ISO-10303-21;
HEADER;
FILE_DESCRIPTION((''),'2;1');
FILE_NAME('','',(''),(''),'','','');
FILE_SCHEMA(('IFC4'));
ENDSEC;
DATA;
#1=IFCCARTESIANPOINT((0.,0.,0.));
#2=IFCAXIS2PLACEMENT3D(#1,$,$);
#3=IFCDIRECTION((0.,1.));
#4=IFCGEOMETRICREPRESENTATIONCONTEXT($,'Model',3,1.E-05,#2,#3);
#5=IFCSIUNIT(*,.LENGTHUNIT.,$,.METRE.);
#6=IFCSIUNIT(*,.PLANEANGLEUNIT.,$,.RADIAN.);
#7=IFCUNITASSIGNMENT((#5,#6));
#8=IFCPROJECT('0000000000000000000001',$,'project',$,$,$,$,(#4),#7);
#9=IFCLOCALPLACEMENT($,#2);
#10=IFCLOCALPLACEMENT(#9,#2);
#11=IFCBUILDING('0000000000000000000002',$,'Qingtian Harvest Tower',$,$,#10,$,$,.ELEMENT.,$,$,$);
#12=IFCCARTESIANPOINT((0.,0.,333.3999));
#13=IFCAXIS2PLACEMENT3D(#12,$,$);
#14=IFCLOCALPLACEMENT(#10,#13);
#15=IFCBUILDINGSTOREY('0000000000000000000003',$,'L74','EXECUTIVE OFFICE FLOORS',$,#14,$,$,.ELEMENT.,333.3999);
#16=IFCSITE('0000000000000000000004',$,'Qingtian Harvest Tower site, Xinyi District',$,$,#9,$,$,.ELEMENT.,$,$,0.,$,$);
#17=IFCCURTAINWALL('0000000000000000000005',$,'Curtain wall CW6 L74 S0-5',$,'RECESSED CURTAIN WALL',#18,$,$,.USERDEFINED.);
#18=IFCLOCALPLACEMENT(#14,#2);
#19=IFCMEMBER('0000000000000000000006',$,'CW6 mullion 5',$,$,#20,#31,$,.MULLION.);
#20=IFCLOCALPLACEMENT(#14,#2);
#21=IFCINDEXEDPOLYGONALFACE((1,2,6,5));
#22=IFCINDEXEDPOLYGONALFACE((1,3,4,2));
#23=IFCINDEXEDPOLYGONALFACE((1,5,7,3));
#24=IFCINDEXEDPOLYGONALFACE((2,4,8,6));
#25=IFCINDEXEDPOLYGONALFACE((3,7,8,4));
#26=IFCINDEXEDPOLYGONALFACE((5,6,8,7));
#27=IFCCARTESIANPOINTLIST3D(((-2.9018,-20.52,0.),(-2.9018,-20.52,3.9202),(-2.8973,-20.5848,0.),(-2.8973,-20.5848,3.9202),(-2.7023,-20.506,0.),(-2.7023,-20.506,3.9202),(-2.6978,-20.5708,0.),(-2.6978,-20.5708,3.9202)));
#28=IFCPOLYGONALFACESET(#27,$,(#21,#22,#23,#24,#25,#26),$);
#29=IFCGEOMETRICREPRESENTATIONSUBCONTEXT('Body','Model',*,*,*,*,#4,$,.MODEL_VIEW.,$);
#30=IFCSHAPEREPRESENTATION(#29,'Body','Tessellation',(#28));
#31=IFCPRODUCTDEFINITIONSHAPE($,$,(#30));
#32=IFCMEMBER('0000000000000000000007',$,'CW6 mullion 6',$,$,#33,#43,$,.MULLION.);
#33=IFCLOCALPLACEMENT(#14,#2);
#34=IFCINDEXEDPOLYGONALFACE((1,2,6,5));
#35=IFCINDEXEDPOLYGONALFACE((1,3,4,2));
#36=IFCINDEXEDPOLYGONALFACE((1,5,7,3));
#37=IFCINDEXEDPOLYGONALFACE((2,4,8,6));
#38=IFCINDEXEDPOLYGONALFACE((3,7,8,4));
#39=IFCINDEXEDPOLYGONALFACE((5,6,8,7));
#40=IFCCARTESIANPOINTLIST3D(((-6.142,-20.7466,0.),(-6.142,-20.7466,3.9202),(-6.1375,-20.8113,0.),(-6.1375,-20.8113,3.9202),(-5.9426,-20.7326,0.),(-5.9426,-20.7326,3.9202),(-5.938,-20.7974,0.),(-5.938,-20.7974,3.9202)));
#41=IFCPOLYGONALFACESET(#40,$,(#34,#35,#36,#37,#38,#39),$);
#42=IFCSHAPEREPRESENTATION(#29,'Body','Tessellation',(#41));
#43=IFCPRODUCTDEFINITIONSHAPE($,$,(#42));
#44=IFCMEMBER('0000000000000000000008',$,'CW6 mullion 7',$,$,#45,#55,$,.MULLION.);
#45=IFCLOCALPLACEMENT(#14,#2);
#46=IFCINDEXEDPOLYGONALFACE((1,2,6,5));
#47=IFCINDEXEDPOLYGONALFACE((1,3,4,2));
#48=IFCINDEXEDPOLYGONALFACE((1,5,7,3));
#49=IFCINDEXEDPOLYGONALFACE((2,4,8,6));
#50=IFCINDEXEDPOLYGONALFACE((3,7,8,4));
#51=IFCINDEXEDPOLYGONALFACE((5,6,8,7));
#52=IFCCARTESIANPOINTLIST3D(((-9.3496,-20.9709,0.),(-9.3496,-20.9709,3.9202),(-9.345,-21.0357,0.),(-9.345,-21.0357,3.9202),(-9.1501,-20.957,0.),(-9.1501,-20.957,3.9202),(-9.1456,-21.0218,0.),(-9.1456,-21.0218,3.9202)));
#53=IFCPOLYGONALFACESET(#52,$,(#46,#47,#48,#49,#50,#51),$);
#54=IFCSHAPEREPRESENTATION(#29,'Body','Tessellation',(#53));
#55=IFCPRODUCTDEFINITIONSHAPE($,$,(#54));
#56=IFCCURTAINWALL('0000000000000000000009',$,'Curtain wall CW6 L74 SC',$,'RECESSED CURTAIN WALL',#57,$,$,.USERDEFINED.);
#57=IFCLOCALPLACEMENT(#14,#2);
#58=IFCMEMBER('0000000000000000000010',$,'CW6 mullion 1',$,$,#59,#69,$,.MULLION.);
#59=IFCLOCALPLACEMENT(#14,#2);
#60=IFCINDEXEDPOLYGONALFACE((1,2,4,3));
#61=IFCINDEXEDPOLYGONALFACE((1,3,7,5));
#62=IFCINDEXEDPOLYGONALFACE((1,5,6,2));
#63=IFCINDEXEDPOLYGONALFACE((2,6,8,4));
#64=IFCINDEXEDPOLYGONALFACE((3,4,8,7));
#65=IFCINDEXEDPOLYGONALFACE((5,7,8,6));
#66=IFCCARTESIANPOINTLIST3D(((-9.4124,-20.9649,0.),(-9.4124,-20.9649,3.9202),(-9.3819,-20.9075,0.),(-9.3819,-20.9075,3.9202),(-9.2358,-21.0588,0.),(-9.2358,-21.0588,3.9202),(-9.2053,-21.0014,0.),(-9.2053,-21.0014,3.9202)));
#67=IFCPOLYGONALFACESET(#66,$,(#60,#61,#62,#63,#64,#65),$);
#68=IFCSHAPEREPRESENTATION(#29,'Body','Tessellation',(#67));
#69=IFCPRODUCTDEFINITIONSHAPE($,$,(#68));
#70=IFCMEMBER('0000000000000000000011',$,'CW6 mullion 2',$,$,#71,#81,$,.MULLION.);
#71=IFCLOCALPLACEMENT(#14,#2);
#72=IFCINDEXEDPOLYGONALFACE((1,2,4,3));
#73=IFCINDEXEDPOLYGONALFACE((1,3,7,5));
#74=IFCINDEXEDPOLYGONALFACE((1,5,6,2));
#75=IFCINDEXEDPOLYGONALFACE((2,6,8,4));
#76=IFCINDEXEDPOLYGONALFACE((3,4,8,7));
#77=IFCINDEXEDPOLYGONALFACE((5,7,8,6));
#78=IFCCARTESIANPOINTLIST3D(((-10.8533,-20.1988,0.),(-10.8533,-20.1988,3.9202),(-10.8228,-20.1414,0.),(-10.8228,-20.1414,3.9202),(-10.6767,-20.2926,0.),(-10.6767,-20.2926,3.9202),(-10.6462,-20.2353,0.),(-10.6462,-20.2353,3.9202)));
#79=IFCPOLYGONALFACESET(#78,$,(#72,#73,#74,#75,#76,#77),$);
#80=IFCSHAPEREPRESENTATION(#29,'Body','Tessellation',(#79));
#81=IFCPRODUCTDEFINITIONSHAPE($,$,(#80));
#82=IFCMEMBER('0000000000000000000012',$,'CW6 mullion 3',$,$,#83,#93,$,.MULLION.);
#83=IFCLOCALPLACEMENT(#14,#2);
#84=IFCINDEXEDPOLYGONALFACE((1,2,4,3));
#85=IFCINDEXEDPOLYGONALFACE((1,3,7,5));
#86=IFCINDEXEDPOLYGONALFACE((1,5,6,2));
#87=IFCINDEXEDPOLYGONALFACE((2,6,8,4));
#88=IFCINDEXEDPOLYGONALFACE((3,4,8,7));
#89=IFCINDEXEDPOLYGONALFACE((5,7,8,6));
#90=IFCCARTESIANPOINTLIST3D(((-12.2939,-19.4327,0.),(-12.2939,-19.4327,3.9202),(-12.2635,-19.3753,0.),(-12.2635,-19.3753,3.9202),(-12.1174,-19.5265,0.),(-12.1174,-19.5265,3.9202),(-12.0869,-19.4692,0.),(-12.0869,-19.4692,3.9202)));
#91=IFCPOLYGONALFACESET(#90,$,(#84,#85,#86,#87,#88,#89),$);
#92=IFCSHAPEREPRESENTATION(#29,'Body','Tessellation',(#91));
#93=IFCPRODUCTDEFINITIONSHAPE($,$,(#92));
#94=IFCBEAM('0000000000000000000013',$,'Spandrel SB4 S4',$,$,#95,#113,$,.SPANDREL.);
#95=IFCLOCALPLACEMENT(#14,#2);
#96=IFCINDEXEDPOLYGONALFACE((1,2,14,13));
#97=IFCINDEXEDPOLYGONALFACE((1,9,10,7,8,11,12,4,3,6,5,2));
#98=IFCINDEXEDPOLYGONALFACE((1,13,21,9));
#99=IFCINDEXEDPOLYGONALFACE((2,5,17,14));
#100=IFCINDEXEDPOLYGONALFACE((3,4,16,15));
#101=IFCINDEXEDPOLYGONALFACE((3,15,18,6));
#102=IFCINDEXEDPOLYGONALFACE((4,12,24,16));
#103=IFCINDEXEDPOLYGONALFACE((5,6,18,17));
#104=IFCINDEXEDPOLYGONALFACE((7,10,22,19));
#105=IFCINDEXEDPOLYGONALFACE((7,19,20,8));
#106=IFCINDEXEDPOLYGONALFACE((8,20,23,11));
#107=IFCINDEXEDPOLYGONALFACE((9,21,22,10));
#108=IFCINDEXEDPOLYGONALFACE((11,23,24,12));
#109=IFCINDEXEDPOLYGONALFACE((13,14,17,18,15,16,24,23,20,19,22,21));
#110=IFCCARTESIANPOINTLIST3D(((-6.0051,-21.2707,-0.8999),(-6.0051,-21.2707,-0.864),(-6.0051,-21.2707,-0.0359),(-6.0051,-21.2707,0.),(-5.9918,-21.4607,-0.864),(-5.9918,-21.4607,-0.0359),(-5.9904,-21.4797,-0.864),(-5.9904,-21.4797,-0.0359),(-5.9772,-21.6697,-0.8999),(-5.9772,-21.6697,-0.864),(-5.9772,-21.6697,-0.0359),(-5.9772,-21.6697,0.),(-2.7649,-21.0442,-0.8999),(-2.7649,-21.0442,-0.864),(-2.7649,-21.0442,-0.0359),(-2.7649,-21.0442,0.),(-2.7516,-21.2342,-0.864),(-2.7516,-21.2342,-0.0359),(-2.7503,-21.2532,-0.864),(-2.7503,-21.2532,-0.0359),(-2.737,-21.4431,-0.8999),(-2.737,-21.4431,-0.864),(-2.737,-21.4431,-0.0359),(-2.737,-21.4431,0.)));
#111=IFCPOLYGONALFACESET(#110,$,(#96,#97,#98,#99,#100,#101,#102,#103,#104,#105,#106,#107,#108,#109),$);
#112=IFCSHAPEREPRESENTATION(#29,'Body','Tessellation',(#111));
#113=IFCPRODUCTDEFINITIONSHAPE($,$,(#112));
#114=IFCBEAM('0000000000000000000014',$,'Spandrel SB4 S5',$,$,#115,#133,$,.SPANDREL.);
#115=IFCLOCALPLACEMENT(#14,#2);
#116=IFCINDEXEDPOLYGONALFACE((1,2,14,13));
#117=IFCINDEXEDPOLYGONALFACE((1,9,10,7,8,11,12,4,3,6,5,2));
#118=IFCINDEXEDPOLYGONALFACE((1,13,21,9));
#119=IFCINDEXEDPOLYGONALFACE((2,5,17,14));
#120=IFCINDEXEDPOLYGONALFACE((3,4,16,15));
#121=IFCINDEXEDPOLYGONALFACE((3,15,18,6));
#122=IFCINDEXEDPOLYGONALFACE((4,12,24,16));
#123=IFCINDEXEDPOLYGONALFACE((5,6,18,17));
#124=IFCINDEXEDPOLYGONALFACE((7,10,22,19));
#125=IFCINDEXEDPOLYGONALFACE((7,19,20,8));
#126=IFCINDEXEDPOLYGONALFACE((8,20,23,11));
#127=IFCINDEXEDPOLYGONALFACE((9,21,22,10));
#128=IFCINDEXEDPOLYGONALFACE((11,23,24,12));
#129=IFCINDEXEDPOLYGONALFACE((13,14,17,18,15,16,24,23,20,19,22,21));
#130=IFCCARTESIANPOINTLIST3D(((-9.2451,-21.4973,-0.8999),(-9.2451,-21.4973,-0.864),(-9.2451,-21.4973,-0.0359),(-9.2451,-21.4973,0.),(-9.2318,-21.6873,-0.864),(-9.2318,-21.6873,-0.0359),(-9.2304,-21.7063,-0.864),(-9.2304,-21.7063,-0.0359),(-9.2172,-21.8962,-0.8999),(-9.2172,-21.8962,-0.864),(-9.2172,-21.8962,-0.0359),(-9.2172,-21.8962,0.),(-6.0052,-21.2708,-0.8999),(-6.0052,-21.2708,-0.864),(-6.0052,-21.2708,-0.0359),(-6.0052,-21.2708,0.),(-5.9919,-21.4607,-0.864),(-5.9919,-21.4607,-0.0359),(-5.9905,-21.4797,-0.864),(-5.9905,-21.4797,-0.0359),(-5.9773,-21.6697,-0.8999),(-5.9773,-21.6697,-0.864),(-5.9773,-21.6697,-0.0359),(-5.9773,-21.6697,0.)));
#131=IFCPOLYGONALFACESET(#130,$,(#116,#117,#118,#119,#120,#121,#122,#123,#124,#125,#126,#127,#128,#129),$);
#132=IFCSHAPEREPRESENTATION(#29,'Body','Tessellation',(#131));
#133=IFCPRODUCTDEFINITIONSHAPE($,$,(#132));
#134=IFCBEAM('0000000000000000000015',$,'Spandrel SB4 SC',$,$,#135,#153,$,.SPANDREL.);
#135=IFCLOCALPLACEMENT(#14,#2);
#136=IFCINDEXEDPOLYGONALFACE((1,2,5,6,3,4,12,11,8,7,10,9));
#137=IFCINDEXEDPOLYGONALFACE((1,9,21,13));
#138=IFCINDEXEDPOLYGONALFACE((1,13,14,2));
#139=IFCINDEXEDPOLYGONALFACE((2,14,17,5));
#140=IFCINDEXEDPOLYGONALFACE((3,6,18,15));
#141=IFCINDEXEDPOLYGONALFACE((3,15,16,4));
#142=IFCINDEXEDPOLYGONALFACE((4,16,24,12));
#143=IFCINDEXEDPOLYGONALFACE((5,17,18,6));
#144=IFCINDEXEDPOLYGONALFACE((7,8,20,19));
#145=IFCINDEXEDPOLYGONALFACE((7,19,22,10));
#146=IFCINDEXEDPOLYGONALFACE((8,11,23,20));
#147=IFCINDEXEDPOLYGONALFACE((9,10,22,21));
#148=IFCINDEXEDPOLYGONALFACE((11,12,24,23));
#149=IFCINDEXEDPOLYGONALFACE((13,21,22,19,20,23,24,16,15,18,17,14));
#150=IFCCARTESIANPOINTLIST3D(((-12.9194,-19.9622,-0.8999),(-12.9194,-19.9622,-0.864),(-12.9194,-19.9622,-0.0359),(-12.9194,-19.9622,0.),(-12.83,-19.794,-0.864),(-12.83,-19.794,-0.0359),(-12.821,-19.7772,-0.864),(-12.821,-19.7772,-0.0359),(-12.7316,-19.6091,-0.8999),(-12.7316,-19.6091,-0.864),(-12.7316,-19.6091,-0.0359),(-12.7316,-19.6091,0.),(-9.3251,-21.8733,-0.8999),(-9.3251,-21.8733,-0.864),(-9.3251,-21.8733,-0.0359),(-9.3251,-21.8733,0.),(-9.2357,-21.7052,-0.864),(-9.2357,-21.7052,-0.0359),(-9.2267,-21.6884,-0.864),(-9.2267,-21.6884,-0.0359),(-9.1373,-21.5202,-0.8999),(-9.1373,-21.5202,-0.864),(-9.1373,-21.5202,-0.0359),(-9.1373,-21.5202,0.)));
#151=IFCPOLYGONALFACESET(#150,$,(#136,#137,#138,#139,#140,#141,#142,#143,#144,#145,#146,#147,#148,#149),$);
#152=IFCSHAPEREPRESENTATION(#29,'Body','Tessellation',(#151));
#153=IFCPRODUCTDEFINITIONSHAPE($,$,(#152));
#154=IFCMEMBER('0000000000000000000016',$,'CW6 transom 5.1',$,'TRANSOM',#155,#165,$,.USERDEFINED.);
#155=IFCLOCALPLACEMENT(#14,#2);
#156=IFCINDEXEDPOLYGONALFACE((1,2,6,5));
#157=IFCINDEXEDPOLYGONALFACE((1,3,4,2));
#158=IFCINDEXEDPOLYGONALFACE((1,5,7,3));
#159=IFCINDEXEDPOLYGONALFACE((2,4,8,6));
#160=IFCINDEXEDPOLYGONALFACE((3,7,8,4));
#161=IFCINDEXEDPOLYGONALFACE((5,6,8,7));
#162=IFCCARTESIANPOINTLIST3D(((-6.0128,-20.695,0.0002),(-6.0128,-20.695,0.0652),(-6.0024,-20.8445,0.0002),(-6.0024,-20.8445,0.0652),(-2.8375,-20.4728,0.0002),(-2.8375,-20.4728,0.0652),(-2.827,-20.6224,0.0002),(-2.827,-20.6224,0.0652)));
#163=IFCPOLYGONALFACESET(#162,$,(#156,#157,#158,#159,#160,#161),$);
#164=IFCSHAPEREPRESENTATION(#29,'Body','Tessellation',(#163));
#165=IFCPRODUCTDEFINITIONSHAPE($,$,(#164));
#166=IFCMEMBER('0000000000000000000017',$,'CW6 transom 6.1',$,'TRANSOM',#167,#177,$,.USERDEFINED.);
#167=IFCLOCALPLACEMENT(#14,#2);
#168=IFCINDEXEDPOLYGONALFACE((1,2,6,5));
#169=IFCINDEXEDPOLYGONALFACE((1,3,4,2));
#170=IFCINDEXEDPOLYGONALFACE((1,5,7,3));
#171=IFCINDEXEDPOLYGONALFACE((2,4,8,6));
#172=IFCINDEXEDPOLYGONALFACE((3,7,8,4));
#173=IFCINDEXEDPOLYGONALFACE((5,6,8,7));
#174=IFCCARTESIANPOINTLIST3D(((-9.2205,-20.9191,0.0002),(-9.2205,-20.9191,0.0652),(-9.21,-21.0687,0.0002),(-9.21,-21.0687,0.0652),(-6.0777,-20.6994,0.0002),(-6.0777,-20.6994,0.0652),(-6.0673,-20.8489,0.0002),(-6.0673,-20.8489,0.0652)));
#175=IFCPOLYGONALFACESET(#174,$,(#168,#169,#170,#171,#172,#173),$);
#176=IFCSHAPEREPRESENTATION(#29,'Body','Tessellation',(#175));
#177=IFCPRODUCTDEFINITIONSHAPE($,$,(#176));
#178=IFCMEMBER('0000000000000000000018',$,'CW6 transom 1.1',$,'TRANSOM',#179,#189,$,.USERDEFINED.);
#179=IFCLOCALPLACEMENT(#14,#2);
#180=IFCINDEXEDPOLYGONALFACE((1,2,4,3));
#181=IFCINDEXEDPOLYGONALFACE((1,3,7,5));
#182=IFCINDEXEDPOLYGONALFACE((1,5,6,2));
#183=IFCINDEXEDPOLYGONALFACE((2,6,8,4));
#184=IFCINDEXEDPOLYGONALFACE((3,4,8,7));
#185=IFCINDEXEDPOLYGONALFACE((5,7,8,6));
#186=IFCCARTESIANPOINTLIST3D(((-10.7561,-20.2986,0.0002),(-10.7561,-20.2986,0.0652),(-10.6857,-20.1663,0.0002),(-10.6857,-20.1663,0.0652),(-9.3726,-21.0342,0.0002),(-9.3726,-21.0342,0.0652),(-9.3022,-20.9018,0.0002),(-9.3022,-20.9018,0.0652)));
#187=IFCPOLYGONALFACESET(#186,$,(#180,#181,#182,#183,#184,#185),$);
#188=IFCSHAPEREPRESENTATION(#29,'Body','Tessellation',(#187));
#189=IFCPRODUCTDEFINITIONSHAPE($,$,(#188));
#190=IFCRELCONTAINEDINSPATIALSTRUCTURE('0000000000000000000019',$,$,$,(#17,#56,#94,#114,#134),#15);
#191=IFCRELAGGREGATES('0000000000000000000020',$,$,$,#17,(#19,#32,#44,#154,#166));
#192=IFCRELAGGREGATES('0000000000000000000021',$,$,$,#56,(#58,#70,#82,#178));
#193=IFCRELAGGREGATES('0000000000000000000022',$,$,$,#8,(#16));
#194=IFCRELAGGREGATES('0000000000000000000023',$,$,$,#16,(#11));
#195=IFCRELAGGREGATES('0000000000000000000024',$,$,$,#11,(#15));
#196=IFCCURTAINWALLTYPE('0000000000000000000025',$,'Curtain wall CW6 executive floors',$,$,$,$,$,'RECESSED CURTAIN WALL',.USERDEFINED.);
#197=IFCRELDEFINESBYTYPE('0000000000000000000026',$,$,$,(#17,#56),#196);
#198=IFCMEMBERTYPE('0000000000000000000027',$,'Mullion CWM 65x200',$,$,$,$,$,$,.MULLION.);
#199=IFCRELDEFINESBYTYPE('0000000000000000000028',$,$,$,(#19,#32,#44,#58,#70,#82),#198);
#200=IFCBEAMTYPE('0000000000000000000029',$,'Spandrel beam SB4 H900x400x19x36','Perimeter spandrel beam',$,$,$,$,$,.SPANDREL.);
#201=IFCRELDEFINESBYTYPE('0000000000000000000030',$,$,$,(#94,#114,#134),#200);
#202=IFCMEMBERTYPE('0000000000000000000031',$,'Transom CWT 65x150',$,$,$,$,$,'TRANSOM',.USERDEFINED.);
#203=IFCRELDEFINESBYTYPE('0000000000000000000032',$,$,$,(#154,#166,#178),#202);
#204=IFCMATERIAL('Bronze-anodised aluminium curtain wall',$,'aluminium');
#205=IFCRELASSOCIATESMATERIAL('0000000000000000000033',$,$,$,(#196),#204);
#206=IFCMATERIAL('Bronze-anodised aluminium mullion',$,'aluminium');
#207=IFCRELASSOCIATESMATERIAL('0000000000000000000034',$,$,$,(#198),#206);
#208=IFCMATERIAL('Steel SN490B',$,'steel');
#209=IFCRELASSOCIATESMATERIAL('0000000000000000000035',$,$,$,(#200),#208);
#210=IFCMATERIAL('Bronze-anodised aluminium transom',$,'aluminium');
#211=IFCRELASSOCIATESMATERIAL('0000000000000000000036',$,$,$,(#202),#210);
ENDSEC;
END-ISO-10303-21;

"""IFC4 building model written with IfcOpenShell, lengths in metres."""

from ifc_helpers import new_model, si_unit, direction, frame, origin, origin_2d, place, context, subcontext, project, spatial, rectangle, i_section, extrude, material, material_profile, profile_set, type_object, element, aggregate, save


model = new_model("IFC4")

# Units and contexts
model_context = context("Model", 3, precision=1e-05, world=origin(), true_north=direction((0.0, 1.0)))
body_context = subcontext(model_context, "Body", "Model", "MODEL_VIEW")
ifc_project = project(units=[si_unit("LENGTHUNIT", "METRE"), si_unit("PLANEANGLEUNIT", "RADIAN")], contexts=[model_context])

# Site, building, storey
site_placement = place(None, origin())
site = spatial("IfcSite", under=ifc_project, at=site_placement, Name="Qingtian Harvest Tower site, Xinyi District", CompositionType="ELEMENT", RefElevation=0.0)
building_placement = place(site_placement, origin())
building = spatial("IfcBuilding", under=site, at=building_placement, Name="Qingtian Harvest Tower", CompositionType="ELEMENT")
storey_placement = place(building_placement, frame((0.0, 0.0, 333.3999)))
storey = spatial("IfcBuildingStorey", under=building, at=storey_placement, Name="L74", Description="EXECUTIVE OFFICE FLOORS", CompositionType="ELEMENT", Elevation=333.3999)

# Curtain walls, members
ifc_material_1 = material(Name="Bronze-anodised aluminium curtain wall", Category="aluminium")
curtain_wall_type = type_object("IfcCurtainWallType", Name="Curtain wall CW6 executive floors", ElementType="RECESSED CURTAIN WALL", PredefinedType="USERDEFINED", material=ifc_material_1)
curtain_wall_1_placement = place(storey_placement, origin())
curtain_wall_1 = element("IfcCurtainWall", 1, at=curtain_wall_1_placement, inside=storey, type_object=curtain_wall_type, Name="Curtain wall CW6 L74 S0-5", ObjectType="RECESSED CURTAIN WALL", PredefinedType="USERDEFINED")
ifc_material_2 = material(Name="Bronze-anodised aluminium mullion", Category="aluminium")
ifc_material_profile_1 = material_profile(ifc_material_2, rectangle(XDim=0.0649, YDim=0.2, at=origin_2d()), Name="AL 65x200")
ifc_profile_set_1 = profile_set([ifc_material_profile_1], Name="Bronze-anodised aluminium mullion")
member_type_1 = type_object("IfcMemberType", Name="Mullion CWM 65x200", PredefinedType="MULLION", material=ifc_profile_set_1)
member_1_placement = place(storey_placement, frame((-2.7998, -20.5454, 0.0), z_axis=(0.0, 0.0, 1.0), x_axis=(0.069756, -0.997564, 0.0)))
member_1 = element("IfcMember", 2, at=member_1_placement, type_object=member_type_1, Name="CW6 mullion 5", PredefinedType="MULLION", context=body_context, shape_type="SweptSolid", body=[
    extrude(rectangle(XDim=0.0649, YDim=0.2, at=origin_2d()), origin(), (0.0, 0.0, 1.0), 3.9202),
])
member_2_placement = place(storey_placement, frame((-6.04, -20.772, 0.0), z_axis=(0.0, 0.0, 1.0), x_axis=(0.069756, -0.997564, 0.0)))
member_2 = element("IfcMember", 3, at=member_2_placement, type_object=member_type_1, Name="CW6 mullion 6", PredefinedType="MULLION", context=body_context, shape_type="SweptSolid", body=[
    extrude(rectangle(XDim=0.0649, YDim=0.2, at=origin_2d()), origin(), (0.0, 0.0, 1.0), 3.9202),
])
member_3_placement = place(storey_placement, frame((-9.2476, -20.9963, 0.0), z_axis=(0.0, 0.0, 1.0), x_axis=(0.069756, -0.997564, 0.0)))
member_3 = element("IfcMember", 4, at=member_3_placement, type_object=member_type_1, Name="CW6 mullion 7", PredefinedType="MULLION", context=body_context, shape_type="SweptSolid", body=[
    extrude(rectangle(XDim=0.0649, YDim=0.2, at=origin_2d()), origin(), (0.0, 0.0, 1.0), 3.9202),
])
curtain_wall_2_placement = place(storey_placement, origin())
curtain_wall_2 = element("IfcCurtainWall", 5, at=curtain_wall_2_placement, inside=storey, type_object=curtain_wall_type, Name="Curtain wall CW6 L74 SC", ObjectType="RECESSED CURTAIN WALL", PredefinedType="USERDEFINED")
member_4_placement = place(storey_placement, frame((-9.3088, -20.9832, 0.0), z_axis=(0.0, 0.0, 1.0), x_axis=(-0.469472, -0.882948, 0.0)))
member_4 = element("IfcMember", 6, at=member_4_placement, type_object=member_type_1, Name="CW6 mullion 1", PredefinedType="MULLION", context=body_context, shape_type="SweptSolid", body=[
    extrude(rectangle(XDim=0.0649, YDim=0.2, at=origin_2d()), origin(), (0.0, 0.0, 1.0), 3.9202),
])
member_5_placement = place(storey_placement, frame((-10.7498, -20.217, 0.0), z_axis=(0.0, 0.0, 1.0), x_axis=(-0.469472, -0.882948, 0.0)))
member_5 = element("IfcMember", 7, at=member_5_placement, type_object=member_type_1, Name="CW6 mullion 2", PredefinedType="MULLION", context=body_context, shape_type="SweptSolid", body=[
    extrude(rectangle(XDim=0.0649, YDim=0.2, at=origin_2d()), origin(), (0.0, 0.0, 1.0), 3.9202),
])
member_6_placement = place(storey_placement, frame((-12.1904, -19.4509, 0.0), z_axis=(0.0, 0.0, 1.0), x_axis=(-0.469472, -0.882948, 0.0)))
member_6 = element("IfcMember", 8, at=member_6_placement, type_object=member_type_1, Name="CW6 mullion 3", PredefinedType="MULLION", context=body_context, shape_type="SweptSolid", body=[
    extrude(rectangle(XDim=0.0649, YDim=0.2, at=origin_2d()), origin(), (0.0, 0.0, 1.0), 3.9202),
])

# Beams
ifc_material_3 = material(Name="Steel SN490B", Category="steel")
ifc_material_profile_2 = material_profile(ifc_material_3, i_section(OverallWidth=0.3999, OverallDepth=0.8999, WebThickness=0.019, FlangeThickness=0.0359, at=origin_2d()), Name="H900x400x19x36")
ifc_profile_set_2 = profile_set([ifc_material_profile_2], Name="Steel SN490B")
beam_type_1 = type_object("IfcBeamType", Name="Spandrel beam SB4 H900x400x19x36", Description="Perimeter spandrel beam", PredefinedType="SPANDREL", material=ifc_profile_set_2)
beam_1_placement = place(storey_placement, frame((-2.751, -21.2437, -0.45), z_axis=(-0.997564, -0.069751, 0.0), x_axis=(0.069751, -0.997564, 0.0)))
element("IfcBeam", 9, at=beam_1_placement, inside=storey, type_object=beam_type_1, Name="Spandrel SB4 S4", PredefinedType="SPANDREL", context=body_context, shape_type="SweptSolid", body=[
    extrude(i_section(OverallWidth=0.3999, OverallDepth=0.8999, WebThickness=0.019, FlangeThickness=0.0359, at=origin_2d()), origin(), (0.0, 0.0, 1.0), 3.248),
])
beam_2_placement = place(storey_placement, frame((-5.9912, -21.4702, -0.45), z_axis=(-0.997564, -0.069757, 0.0), x_axis=(0.069757, -0.997564, 0.0)))
element("IfcBeam", 10, at=beam_2_placement, inside=storey, type_object=beam_type_1, Name="Spandrel SB4 S5", PredefinedType="SPANDREL", context=body_context, shape_type="SweptSolid", body=[
    extrude(i_section(OverallWidth=0.3999, OverallDepth=0.8999, WebThickness=0.019, FlangeThickness=0.0359, at=origin_2d()), origin(), (0.0, 0.0, 1.0), 3.2478),
])
beam_3_placement = place(storey_placement, frame((-9.2312, -21.6968, -0.45), z_axis=(-0.882943, 0.46948, 0.0), x_axis=(-0.46948, -0.882943, 0.0)))
element("IfcBeam", 11, at=beam_3_placement, inside=storey, type_object=beam_type_1, Name="Spandrel SB4 SC", PredefinedType="SPANDREL", context=body_context, shape_type="SweptSolid", body=[
    extrude(i_section(OverallWidth=0.3999, OverallDepth=0.8999, WebThickness=0.019, FlangeThickness=0.0359, at=origin_2d()), origin(), (0.0, 0.0, 1.0), 4.0708),
])

# Members
ifc_material_4 = material(Name="Bronze-anodised aluminium transom", Category="aluminium")
ifc_material_profile_3 = material_profile(ifc_material_4, rectangle(XDim=0.1499, YDim=0.0649, at=origin_2d()), Name="AL 65x150")
ifc_profile_set_3 = profile_set([ifc_material_profile_3], Name="Bronze-anodised aluminium transom")
member_type_2 = type_object("IfcMemberType", Name="Transom CWT 65x150", ElementType="TRANSOM", PredefinedType="USERDEFINED", material=ifc_profile_set_3)
member_7_placement = place(storey_placement, frame((-2.8323, -20.5476, 0.0327), z_axis=(-0.997561, -0.069797, 0.0), x_axis=(0.069797, -0.997561, 0.0)))
member_7 = element("IfcMember", 12, at=member_7_placement, type_object=member_type_2, Name="CW6 transom 5.1", ObjectType="TRANSOM", PredefinedType="USERDEFINED", context=body_context, shape_type="SweptSolid", body=[
    extrude(rectangle(XDim=0.1499, YDim=0.0649, at=origin_2d()), origin(), (0.0, 0.0, 1.0), 3.1831),
])
member_8_placement = place(storey_placement, frame((-6.0725, -20.7742, 0.0327), z_axis=(-0.997565, -0.069744, 0.0), x_axis=(0.069744, -0.997565, 0.0)))
member_8 = element("IfcMember", 13, at=member_8_placement, type_object=member_type_2, Name="CW6 transom 6.1", ObjectType="TRANSOM", PredefinedType="USERDEFINED", context=body_context, shape_type="SweptSolid", body=[
    extrude(rectangle(XDim=0.1499, YDim=0.0649, at=origin_2d()), origin(), (0.0, 0.0, 1.0), 3.1504),
])
member_9_placement = place(storey_placement, frame((-9.3374, -20.968, 0.0327), z_axis=(-0.88296, 0.469448, 0.0), x_axis=(-0.469448, -0.88296, 0.0)))
member_9 = element("IfcMember", 14, at=member_9_placement, type_object=member_type_2, Name="CW6 transom 1.1", ObjectType="TRANSOM", PredefinedType="USERDEFINED", context=body_context, shape_type="SweptSolid", body=[
    extrude(rectangle(XDim=0.1499, YDim=0.0649, at=origin_2d()), origin(), (0.0, 0.0, 1.0), 1.5669),
])

aggregate(curtain_wall_1, [member_1, member_2, member_3, member_7, member_8])
aggregate(curtain_wall_2, [member_4, member_5, member_6, member_9])

save(model, "model.ifc")
